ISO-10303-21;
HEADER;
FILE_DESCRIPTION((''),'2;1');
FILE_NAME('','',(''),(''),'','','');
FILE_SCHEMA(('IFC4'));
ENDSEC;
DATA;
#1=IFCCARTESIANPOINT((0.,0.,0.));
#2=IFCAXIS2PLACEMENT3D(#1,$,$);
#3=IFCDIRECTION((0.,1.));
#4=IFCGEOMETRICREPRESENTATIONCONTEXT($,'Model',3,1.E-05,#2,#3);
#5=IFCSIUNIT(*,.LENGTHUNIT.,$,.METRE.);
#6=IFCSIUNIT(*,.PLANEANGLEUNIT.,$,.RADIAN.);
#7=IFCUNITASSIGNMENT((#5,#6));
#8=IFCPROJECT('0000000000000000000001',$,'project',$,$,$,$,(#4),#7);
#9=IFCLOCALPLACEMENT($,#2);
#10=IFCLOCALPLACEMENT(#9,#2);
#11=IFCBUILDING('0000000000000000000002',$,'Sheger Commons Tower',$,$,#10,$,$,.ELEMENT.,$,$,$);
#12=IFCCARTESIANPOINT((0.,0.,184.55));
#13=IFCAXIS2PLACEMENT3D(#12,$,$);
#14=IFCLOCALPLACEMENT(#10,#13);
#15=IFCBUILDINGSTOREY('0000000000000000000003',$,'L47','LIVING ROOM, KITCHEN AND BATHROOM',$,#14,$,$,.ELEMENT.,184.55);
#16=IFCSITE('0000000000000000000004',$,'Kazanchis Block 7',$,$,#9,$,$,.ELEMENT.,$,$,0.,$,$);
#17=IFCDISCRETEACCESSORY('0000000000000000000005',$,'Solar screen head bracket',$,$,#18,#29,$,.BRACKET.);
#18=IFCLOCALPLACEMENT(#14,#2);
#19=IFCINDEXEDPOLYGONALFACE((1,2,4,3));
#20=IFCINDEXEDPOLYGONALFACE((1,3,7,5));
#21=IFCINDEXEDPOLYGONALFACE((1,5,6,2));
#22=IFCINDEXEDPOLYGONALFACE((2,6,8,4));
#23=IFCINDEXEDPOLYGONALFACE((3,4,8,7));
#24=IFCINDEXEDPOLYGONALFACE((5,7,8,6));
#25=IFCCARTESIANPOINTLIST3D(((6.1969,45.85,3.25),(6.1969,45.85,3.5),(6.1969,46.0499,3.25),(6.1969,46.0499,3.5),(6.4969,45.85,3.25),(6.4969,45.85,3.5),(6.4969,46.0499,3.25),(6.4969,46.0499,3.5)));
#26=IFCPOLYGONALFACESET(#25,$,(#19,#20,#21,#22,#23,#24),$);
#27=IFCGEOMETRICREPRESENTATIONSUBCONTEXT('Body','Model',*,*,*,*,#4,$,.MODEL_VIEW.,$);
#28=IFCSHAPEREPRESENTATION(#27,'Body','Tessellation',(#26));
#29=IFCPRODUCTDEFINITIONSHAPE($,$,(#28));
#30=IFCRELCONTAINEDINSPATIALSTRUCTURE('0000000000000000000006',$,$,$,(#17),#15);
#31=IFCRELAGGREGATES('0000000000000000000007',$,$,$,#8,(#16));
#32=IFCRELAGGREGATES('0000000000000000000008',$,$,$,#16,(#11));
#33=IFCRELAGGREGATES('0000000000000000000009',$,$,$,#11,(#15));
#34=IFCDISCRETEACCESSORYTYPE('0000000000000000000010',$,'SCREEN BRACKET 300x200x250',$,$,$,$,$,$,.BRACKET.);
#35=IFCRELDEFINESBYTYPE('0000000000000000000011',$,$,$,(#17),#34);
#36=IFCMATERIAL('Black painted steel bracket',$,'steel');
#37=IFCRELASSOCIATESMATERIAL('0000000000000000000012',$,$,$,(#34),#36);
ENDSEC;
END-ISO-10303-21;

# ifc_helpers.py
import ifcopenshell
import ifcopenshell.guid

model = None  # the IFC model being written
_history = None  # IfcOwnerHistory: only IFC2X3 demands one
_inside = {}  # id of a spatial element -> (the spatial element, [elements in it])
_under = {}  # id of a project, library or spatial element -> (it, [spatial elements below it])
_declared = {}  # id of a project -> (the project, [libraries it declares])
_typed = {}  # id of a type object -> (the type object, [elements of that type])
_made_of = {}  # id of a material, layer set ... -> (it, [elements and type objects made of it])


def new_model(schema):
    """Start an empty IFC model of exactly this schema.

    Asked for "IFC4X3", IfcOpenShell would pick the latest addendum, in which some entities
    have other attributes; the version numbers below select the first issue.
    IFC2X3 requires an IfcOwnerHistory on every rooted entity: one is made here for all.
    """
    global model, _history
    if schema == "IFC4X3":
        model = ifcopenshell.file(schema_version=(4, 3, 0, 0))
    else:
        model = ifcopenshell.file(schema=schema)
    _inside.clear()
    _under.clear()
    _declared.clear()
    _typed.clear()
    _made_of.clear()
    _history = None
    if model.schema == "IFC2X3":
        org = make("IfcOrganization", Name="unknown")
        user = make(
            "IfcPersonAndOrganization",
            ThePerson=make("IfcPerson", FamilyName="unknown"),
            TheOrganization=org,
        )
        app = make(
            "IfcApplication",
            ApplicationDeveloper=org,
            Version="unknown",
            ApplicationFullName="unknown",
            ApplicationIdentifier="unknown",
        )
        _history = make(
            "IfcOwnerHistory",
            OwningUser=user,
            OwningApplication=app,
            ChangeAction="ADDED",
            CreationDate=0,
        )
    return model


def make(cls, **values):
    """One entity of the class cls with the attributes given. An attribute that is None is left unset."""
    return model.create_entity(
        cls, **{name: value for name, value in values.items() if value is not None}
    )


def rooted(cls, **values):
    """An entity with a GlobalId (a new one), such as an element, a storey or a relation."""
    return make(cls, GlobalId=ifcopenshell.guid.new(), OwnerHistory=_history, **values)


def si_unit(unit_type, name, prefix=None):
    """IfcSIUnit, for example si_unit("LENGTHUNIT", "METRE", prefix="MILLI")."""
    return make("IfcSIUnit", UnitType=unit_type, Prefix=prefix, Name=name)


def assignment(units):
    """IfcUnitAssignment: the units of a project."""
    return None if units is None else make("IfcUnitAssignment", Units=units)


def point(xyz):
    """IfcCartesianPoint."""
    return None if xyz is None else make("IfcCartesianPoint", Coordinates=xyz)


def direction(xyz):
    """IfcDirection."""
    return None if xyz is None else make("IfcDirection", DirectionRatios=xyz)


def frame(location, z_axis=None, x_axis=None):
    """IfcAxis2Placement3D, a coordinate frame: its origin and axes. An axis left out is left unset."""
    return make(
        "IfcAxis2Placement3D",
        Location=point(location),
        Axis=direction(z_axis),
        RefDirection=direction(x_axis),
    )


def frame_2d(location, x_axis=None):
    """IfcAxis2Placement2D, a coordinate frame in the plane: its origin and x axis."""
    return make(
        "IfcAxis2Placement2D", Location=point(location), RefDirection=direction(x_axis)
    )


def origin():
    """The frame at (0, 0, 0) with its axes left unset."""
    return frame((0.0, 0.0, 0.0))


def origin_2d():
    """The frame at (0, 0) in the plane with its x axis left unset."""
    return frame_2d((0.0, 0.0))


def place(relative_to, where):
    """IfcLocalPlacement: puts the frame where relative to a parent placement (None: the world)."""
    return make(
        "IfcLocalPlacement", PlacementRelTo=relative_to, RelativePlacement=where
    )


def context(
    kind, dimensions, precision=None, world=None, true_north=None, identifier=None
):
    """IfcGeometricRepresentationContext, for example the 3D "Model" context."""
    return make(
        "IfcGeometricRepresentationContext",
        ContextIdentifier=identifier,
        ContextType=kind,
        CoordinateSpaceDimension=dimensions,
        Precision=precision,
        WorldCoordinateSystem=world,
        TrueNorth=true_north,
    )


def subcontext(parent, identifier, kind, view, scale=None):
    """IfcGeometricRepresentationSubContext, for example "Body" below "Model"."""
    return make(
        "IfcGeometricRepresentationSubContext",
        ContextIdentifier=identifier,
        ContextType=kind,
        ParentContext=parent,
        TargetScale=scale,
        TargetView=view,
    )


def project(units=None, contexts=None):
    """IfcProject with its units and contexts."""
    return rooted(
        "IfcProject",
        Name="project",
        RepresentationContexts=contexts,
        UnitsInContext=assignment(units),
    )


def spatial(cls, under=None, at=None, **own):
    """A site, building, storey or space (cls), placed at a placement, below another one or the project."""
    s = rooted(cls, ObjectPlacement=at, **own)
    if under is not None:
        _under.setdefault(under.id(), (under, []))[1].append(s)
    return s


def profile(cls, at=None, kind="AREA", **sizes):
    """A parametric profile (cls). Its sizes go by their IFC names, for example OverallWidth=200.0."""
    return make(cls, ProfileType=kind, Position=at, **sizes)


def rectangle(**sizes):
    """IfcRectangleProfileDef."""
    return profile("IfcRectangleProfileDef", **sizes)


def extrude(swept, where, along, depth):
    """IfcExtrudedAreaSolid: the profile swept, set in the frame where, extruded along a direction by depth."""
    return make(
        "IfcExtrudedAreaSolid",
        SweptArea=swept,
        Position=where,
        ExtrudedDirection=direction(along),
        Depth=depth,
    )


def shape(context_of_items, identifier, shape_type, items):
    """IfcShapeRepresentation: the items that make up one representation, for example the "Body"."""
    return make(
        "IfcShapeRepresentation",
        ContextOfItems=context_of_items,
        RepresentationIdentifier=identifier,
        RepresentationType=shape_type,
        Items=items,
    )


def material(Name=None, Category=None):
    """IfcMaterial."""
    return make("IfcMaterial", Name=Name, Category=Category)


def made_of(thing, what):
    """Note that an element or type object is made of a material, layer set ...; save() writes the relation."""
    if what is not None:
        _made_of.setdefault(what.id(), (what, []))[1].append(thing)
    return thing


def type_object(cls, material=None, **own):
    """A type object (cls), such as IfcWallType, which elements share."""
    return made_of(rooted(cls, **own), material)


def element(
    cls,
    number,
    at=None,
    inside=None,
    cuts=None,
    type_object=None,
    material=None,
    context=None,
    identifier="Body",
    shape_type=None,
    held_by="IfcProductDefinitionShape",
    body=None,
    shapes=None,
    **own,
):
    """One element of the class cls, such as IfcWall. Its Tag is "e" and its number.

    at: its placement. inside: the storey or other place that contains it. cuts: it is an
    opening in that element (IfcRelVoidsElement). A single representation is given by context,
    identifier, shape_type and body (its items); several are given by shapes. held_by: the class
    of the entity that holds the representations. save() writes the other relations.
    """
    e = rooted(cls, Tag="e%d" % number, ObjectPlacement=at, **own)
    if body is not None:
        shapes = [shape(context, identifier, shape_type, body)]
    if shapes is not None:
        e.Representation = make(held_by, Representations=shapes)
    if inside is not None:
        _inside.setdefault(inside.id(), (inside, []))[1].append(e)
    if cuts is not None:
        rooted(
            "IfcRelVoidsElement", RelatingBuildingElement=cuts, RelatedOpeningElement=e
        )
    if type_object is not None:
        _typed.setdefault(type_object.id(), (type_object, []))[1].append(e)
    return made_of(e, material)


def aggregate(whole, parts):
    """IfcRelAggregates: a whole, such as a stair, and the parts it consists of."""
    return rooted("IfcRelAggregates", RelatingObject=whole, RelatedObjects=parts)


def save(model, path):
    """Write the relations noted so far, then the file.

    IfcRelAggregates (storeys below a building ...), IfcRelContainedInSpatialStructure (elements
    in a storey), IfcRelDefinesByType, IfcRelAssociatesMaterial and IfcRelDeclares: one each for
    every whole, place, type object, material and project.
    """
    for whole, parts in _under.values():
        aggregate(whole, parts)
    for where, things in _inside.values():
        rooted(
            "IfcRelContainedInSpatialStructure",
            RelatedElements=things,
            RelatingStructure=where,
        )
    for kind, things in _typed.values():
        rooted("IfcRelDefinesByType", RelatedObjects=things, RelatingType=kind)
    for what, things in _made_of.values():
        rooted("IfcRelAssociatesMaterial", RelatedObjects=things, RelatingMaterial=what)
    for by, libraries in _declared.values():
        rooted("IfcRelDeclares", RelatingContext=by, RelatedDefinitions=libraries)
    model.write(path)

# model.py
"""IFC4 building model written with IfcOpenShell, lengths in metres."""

from ifc_helpers import new_model, si_unit, direction, frame, origin, origin_2d, place, context, subcontext, project, spatial, rectangle, extrude, material, type_object, element, save


model = new_model("IFC4")

# Units and contexts
model_context = context("Model", 3, precision=1e-05, world=origin(), true_north=direction((0.0, 1.0)))
body_context = subcontext(model_context, "Body", "Model", "MODEL_VIEW")
ifc_project = project(units=[si_unit("LENGTHUNIT", "METRE"), si_unit("PLANEANGLEUNIT", "RADIAN")], contexts=[model_context])

# Site, building, storey
site_placement = place(None, origin())
site = spatial("IfcSite", under=ifc_project, at=site_placement, Name="Kazanchis Block 7", CompositionType="ELEMENT", RefElevation=0.0)
building_placement = place(site_placement, origin())
building = spatial("IfcBuilding", under=site, at=building_placement, Name="Sheger Commons Tower", CompositionType="ELEMENT")
storey_placement = place(building_placement, frame((0.0, 0.0, 184.55)))
storey = spatial("IfcBuildingStorey", under=building, at=storey_placement, Name="L47", Description="LIVING ROOM, KITCHEN AND BATHROOM", CompositionType="ELEMENT", Elevation=184.55)

# Discrete accessory
ifc_material_1 = material(Name="Black painted steel bracket", Category="steel")
discrete_accessory_type = type_object("IfcDiscreteAccessoryType", Name="SCREEN BRACKET 300x200x250", PredefinedType="BRACKET", material=ifc_material_1)
for number, where, z_axis, x_axis, name in (
    (1, (6.3469, 45.95, 3.25), (0.0, 0.0, 1.0), (-1.0, 0.0, 0.0), "Solar screen head bracket"),
):
    element("IfcDiscreteAccessory", number, at=place(storey_placement, frame(where, z_axis=z_axis, x_axis=x_axis)), inside=storey, type_object=discrete_accessory_type, Name=name, PredefinedType="BRACKET", context=body_context, shape_type="SweptSolid", body=[
        extrude(rectangle(XDim=0.3, YDim=0.2, at=origin_2d()), origin(), (0.0, 0.0, 1.0), 0.25),
    ])

save(model, "model.ifc")
